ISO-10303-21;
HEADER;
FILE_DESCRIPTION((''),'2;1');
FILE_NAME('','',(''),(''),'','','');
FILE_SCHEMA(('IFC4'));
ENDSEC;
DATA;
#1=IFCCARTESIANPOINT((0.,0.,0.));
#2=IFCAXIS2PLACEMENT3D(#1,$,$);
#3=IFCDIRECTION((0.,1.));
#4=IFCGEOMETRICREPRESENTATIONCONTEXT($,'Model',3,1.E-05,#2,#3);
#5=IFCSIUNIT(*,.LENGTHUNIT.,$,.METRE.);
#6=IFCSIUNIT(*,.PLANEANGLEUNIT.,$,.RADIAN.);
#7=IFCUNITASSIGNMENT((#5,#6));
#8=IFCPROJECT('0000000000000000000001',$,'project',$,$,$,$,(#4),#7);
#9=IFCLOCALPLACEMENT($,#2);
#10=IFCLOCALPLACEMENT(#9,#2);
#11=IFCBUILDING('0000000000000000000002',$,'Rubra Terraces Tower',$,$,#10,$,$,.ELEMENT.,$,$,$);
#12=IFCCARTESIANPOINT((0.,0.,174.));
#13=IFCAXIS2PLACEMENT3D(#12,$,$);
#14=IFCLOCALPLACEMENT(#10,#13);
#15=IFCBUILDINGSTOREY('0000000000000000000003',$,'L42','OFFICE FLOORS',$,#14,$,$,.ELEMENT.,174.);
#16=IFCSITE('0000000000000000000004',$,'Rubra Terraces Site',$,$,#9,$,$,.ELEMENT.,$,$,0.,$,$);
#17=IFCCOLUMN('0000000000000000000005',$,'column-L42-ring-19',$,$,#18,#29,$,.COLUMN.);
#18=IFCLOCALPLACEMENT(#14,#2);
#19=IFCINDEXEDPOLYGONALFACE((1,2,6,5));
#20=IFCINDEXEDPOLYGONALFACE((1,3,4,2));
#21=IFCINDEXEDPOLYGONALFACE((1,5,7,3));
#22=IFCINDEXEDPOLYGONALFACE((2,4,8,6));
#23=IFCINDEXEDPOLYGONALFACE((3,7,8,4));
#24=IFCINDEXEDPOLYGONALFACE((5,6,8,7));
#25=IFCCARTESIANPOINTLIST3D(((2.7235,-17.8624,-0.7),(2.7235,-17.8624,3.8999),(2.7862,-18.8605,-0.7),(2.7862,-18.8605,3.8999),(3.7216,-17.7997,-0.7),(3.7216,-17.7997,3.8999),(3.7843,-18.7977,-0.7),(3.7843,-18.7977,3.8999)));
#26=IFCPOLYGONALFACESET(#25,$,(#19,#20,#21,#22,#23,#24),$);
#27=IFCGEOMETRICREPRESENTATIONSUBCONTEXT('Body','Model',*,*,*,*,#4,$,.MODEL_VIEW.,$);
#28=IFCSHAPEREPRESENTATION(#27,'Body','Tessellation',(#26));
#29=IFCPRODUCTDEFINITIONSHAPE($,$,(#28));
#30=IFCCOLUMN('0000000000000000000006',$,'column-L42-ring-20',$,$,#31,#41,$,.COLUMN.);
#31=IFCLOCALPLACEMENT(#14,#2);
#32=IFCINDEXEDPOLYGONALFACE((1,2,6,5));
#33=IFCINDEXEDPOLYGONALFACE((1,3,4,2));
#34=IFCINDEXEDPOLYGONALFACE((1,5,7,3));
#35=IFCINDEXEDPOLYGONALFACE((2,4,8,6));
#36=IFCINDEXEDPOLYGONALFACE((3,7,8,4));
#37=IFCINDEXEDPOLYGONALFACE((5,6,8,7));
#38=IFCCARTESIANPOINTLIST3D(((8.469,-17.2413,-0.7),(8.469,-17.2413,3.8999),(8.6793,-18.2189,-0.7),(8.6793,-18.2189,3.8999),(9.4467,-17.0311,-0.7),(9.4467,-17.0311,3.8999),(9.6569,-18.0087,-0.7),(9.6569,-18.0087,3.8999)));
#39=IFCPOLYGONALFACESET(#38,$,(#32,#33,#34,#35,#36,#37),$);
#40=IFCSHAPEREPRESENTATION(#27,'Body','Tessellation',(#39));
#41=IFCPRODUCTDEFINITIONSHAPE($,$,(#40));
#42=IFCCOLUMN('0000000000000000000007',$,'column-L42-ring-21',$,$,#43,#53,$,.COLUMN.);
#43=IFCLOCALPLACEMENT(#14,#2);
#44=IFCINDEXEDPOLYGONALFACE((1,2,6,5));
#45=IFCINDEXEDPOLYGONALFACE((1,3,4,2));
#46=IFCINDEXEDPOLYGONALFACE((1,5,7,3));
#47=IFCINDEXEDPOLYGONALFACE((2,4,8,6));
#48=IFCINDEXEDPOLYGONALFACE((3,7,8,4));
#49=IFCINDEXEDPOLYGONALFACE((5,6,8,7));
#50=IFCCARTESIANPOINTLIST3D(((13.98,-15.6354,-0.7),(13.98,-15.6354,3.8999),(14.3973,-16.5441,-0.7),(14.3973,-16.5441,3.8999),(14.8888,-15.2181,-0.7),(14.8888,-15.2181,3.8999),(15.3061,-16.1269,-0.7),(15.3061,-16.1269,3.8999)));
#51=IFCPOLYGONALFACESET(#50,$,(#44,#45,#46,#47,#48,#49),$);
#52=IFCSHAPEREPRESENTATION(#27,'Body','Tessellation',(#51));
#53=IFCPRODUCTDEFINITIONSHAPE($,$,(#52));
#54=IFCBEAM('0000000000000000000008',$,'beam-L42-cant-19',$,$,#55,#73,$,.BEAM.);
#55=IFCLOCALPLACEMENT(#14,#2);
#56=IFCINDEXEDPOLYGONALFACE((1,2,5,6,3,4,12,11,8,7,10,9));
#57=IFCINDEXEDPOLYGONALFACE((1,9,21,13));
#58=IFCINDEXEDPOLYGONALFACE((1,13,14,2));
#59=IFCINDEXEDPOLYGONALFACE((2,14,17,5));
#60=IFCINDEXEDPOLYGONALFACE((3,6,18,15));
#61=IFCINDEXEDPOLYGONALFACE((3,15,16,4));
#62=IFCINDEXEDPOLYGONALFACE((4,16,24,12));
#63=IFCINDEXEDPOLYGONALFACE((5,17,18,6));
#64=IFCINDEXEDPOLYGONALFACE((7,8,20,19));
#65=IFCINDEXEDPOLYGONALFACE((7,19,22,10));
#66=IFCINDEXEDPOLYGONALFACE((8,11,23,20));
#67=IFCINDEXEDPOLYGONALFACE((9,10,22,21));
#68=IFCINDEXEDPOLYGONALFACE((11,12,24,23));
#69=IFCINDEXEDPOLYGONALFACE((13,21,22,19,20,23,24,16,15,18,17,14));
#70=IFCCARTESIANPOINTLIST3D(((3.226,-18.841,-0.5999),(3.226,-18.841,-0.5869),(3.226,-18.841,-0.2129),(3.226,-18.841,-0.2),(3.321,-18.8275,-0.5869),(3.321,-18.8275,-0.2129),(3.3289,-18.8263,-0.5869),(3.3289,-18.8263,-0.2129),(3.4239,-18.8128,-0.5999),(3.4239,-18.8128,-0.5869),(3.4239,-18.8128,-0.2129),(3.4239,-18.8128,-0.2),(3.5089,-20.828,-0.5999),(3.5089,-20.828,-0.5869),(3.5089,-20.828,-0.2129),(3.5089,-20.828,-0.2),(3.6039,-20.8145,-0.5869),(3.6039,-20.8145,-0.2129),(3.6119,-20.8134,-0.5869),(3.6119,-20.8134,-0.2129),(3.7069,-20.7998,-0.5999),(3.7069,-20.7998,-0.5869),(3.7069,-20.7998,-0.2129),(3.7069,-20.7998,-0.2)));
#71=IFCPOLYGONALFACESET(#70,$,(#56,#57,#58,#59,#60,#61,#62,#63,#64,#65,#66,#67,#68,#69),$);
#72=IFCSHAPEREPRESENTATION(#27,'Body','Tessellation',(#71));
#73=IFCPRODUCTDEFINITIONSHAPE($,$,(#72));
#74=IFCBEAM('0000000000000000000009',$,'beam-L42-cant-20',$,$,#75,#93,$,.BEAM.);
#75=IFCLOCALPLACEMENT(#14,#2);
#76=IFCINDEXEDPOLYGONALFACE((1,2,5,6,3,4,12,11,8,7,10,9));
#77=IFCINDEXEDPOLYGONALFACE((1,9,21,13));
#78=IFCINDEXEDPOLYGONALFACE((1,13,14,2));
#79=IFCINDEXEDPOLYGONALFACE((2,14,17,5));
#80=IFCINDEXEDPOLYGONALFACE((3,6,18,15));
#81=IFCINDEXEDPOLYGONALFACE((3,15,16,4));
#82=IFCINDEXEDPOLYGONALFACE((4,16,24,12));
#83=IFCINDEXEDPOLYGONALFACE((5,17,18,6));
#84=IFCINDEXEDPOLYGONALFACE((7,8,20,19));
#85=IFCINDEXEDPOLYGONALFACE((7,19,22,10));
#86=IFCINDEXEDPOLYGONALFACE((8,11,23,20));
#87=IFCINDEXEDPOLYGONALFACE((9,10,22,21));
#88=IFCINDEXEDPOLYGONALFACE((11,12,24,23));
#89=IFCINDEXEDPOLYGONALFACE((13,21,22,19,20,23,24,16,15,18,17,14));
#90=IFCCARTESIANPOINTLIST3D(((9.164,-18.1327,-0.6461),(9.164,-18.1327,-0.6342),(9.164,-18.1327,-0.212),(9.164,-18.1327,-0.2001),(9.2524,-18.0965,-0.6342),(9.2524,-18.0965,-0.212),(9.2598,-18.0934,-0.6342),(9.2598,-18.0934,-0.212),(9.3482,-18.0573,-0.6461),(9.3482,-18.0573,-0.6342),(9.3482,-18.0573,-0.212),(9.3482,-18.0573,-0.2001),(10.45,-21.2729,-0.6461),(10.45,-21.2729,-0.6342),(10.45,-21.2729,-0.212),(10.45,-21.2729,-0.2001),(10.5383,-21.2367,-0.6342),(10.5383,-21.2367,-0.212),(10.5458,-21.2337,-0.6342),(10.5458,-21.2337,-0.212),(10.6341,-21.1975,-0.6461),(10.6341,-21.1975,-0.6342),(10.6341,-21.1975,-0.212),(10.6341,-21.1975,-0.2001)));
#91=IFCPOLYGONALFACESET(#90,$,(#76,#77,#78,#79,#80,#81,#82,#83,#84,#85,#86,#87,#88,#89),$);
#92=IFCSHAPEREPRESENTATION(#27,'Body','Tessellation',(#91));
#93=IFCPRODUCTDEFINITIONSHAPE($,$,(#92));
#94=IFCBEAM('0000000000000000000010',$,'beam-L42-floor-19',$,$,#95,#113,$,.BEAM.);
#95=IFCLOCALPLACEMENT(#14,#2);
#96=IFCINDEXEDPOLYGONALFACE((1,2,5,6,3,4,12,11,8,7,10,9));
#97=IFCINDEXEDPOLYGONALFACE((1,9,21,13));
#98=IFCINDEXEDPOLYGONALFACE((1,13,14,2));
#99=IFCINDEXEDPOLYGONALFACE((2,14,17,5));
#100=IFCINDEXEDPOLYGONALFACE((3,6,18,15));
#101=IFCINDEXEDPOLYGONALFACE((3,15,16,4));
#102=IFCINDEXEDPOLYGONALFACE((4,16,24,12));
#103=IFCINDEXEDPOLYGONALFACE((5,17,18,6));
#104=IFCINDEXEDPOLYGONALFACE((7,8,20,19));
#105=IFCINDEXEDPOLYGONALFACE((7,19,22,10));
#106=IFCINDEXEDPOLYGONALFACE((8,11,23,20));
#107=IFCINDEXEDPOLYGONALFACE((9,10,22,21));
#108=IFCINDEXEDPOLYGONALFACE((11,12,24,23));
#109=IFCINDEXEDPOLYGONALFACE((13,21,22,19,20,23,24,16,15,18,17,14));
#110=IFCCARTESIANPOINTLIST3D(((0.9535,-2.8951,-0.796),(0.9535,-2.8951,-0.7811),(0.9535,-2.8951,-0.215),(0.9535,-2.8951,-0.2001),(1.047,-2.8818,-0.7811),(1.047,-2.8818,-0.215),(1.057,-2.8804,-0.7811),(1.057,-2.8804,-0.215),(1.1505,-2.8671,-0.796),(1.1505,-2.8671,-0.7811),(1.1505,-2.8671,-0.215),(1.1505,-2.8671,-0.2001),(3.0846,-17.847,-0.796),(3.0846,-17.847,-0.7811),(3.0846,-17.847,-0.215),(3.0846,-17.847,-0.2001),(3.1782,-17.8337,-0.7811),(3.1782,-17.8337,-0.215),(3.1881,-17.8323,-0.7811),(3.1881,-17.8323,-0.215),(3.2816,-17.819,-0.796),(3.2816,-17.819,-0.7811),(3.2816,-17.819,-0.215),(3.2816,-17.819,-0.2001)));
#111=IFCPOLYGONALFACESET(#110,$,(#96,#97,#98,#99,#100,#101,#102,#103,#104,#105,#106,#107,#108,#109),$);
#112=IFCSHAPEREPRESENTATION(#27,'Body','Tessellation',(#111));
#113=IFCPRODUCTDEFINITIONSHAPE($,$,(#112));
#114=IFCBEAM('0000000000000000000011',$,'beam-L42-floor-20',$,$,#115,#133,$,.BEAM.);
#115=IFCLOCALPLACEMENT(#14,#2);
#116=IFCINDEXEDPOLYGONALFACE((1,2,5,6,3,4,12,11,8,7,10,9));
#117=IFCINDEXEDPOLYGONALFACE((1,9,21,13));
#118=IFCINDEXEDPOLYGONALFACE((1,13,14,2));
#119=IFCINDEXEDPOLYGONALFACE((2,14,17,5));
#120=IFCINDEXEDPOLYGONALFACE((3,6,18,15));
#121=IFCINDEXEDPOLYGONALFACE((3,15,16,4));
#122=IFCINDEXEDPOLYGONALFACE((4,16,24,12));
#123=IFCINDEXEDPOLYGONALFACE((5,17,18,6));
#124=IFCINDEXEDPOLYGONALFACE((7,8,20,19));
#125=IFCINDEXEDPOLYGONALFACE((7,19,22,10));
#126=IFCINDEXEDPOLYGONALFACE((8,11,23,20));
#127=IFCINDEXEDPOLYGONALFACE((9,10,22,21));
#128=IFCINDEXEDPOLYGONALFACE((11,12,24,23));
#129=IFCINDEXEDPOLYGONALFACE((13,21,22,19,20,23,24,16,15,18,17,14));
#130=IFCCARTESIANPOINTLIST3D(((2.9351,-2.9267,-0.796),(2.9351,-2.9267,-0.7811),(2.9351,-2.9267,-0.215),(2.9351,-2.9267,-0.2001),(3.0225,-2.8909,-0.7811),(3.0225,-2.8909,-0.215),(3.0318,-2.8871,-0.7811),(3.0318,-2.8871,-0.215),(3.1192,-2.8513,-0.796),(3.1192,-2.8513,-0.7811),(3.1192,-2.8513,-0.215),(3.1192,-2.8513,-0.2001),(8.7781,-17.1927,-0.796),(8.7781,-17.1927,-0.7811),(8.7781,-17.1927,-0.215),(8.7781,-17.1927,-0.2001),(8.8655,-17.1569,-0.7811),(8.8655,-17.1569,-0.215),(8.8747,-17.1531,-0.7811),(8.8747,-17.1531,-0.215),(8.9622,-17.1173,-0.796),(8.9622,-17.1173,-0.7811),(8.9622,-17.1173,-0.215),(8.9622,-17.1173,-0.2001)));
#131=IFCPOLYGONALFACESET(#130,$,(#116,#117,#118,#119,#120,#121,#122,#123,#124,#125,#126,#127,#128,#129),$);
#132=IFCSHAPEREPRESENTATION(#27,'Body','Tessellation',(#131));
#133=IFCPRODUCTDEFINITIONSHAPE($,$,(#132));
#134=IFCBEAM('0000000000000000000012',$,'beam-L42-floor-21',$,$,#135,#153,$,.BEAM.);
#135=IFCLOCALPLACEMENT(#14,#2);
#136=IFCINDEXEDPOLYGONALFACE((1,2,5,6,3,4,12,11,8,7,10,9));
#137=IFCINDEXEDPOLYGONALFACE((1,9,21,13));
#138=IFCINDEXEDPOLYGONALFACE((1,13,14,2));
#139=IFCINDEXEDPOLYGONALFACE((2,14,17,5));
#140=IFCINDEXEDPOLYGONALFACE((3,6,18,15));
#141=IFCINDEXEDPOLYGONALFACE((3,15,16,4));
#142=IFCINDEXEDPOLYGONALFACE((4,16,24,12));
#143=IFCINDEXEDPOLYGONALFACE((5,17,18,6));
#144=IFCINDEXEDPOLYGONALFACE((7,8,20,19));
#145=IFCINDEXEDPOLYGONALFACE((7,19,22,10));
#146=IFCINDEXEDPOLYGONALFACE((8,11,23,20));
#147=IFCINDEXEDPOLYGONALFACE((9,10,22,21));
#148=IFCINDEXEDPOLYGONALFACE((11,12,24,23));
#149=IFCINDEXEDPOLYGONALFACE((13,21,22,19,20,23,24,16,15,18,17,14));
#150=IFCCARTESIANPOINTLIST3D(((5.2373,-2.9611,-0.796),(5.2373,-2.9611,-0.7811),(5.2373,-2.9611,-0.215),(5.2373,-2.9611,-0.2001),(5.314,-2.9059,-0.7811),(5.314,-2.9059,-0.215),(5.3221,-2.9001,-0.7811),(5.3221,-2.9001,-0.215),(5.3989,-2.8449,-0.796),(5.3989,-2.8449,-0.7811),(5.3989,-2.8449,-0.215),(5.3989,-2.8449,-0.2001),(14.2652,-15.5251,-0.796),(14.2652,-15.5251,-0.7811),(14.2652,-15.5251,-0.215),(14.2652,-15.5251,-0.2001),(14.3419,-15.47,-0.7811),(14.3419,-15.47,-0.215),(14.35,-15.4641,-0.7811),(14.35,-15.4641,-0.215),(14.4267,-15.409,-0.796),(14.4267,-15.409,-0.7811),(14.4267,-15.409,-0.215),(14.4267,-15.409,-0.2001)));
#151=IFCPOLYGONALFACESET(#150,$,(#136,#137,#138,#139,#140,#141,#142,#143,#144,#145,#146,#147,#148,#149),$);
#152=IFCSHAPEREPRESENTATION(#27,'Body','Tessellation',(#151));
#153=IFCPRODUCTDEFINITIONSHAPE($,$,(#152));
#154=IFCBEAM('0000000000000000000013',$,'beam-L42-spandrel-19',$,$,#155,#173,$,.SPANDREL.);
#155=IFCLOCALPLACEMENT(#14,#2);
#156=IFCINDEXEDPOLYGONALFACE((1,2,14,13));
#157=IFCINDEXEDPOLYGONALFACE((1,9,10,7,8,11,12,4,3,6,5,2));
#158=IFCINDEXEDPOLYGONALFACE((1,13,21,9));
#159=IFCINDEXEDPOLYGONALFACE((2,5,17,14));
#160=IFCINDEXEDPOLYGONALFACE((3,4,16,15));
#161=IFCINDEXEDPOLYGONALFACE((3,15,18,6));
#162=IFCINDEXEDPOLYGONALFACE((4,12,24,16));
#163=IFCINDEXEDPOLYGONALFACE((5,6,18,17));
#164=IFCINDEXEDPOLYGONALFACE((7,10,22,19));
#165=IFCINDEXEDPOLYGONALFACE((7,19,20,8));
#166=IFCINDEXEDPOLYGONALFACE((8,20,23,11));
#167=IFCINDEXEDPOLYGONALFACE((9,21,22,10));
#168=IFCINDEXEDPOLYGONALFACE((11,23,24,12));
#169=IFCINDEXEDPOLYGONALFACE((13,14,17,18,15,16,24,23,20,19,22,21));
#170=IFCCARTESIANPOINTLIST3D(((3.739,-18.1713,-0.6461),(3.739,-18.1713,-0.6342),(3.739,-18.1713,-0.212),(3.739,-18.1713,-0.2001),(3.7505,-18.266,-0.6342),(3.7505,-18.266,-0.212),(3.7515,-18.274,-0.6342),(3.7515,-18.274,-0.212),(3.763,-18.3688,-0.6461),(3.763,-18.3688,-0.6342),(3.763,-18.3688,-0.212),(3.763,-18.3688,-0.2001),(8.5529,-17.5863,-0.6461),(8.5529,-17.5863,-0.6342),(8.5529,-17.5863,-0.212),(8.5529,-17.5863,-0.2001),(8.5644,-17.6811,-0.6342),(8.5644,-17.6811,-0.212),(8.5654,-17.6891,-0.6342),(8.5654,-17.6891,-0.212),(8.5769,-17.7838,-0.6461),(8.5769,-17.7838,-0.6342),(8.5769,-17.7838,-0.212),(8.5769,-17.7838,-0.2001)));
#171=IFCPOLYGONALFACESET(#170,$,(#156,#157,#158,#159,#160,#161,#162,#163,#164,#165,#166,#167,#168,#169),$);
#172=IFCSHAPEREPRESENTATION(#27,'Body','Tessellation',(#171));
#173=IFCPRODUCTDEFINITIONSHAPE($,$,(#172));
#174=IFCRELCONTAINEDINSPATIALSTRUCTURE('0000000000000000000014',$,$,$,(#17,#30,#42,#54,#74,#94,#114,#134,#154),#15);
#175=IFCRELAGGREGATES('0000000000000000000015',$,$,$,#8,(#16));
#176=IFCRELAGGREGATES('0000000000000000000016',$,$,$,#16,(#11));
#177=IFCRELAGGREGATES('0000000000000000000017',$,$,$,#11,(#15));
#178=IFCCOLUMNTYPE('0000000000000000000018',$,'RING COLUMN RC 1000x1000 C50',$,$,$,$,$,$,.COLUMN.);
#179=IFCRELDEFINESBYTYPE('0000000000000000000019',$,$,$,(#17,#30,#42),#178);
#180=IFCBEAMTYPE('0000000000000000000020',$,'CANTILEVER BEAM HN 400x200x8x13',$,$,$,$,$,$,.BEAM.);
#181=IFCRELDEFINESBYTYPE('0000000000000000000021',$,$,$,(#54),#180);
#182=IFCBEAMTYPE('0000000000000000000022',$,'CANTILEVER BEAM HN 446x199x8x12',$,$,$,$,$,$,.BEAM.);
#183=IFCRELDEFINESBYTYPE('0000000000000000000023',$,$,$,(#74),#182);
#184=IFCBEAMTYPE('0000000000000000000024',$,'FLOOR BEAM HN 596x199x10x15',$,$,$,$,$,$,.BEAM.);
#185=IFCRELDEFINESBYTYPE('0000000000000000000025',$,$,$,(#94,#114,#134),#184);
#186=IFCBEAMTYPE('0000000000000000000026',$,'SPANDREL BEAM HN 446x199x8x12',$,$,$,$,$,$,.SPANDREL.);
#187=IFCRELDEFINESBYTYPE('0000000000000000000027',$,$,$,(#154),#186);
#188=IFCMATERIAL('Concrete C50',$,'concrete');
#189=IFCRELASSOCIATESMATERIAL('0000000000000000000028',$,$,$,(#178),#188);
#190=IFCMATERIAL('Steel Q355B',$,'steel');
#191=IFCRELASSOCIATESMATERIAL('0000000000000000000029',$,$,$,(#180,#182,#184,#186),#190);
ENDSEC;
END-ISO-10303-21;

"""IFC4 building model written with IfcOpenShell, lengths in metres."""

from ifc_helpers import new_model, si_unit, direction, frame, origin, origin_2d, place, context, subcontext, project, spatial, rectangle, i_section, extrude, material, material_profile, profile_set, type_object, element, save


model = new_model("IFC4")

# Units and contexts
model_context = context("Model", 3, precision=1e-05, world=origin(), true_north=direction((0.0, 1.0)))
body_context = subcontext(model_context, "Body", "Model", "MODEL_VIEW")
ifc_project = project(units=[si_unit("LENGTHUNIT", "METRE"), si_unit("PLANEANGLEUNIT", "RADIAN")], contexts=[model_context])

# Site, building, storey
site_placement = place(None, origin())
site = spatial("IfcSite", under=ifc_project, at=site_placement, Name="Rubra Terraces Site", CompositionType="ELEMENT", RefElevation=0.0)
building_placement = place(site_placement, origin())
building = spatial("IfcBuilding", under=site, at=building_placement, Name="Rubra Terraces Tower", CompositionType="ELEMENT")
storey_placement = place(building_placement, frame((0.0, 0.0, 174.0)))
storey = spatial("IfcBuildingStorey", under=building, at=storey_placement, Name="L42", Description="OFFICE FLOORS", CompositionType="ELEMENT", Elevation=174.0)

# Columns
ifc_material_1 = material(Name="Concrete C50", Category="concrete")
ifc_material_profile_1 = material_profile(ifc_material_1, rectangle(XDim=1.0, YDim=1.0, at=origin_2d()), Name="RC 1000x1000")
ifc_profile_set_1 = profile_set([ifc_material_profile_1], Name="Concrete C50")
column_type = type_object("IfcColumnType", Name="RING COLUMN RC 1000x1000 C50", PredefinedType="COLUMN", material=ifc_profile_set_1)
for number, where, z_axis, x_axis, name in (
    (1, (3.2539, -18.3301, -0.7), (0.0, 0.0, 1.0), (0.998032, 0.062714, 0.0), "column-L42-ring-19"),
    (2, (9.063, -17.625, -0.7), (0.0, 0.0, 1.0), (0.977653, 0.210227, 0.0), "column-L42-ring-20"),
    (3, (14.6431, -15.8811, -0.7), (0.0, 0.0, 1.0), (0.908779, 0.417279, 0.0), "column-L42-ring-21"),
):
    element("IfcColumn", number, at=place(storey_placement, frame(where, z_axis=z_axis, x_axis=x_axis)), inside=storey, type_object=column_type, Name=name, PredefinedType="COLUMN", context=body_context, shape_type="SweptSolid", body=[
        extrude(rectangle(XDim=1.0, YDim=1.0, at=origin_2d()), origin(), (0.0, 0.0, 1.0), 4.5999),
    ])

# Beams
ifc_material_2 = material(Name="Steel Q355B", Category="steel")
ifc_material_profile_2 = material_profile(ifc_material_2, i_section(OverallWidth=0.2, OverallDepth=0.3999, WebThickness=0.0081, FlangeThickness=0.0129, at=origin_2d()), Name="HN 400x200x8x13")
ifc_profile_set_2 = profile_set([ifc_material_profile_2], Name="Steel Q355B")
beam_type_1 = type_object("IfcBeamType", Name="CANTILEVER BEAM HN 400x200x8x13", PredefinedType="BEAM", material=ifc_profile_set_2)
beam_1_placement = place(storey_placement, frame((3.325, -18.8269, -0.3999), z_axis=(0.140979, -0.990013, 0.0), x_axis=(0.990013, 0.140979, 0.0)))
element("IfcBeam", 4, at=beam_1_placement, inside=storey, type_object=beam_type_1, Name="beam-L42-cant-19", PredefinedType="BEAM", context=body_context, shape_type="SweptSolid", body=[
    extrude(i_section(OverallWidth=0.2, OverallDepth=0.3999, WebThickness=0.0081, FlangeThickness=0.0129, at=origin_2d()), origin(), (0.0, 0.0, 1.0), 2.0071),
])
ifc_material_profile_3 = material_profile(ifc_material_2, i_section(OverallWidth=0.199, OverallDepth=0.446, WebThickness=0.0081, FlangeThickness=0.012, at=origin_2d()), Name="HN 446x199x8x12")
ifc_profile_set_3 = profile_set([ifc_material_profile_3], Name="Steel Q355B")
beam_type_2 = type_object("IfcBeamType", Name="CANTILEVER BEAM HN 446x199x8x12", PredefinedType="BEAM", material=ifc_profile_set_3)
beam_2_placement = place(storey_placement, frame((9.2561, -18.095, -0.4231), z_axis=(0.378958, -0.925414, 0.0), x_axis=(0.925414, 0.378958, 0.0)))
element("IfcBeam", 5, at=beam_2_placement, inside=storey, type_object=beam_type_2, Name="beam-L42-cant-20", PredefinedType="BEAM", context=body_context, shape_type="SweptSolid", body=[
    extrude(i_section(OverallWidth=0.199, OverallDepth=0.446, WebThickness=0.0081, FlangeThickness=0.012, at=origin_2d()), origin(), (0.0, 0.0, 1.0), 3.3933),
])
ifc_material_profile_4 = material_profile(ifc_material_2, i_section(OverallWidth=0.199, OverallDepth=0.5959, WebThickness=0.01, FlangeThickness=0.0149, at=origin_2d()), Name="HN 596x199x10x15")
ifc_profile_set_4 = profile_set([ifc_material_profile_4], Name="Steel Q355B")
beam_type_3 = type_object("IfcBeamType", Name="FLOOR BEAM HN 596x199x10x15", PredefinedType="BEAM", material=ifc_profile_set_4)
beam_3_placement = place(storey_placement, frame((3.1831, -17.833, -0.498), z_axis=(-0.141105, 0.989995, 0.0), x_axis=(-0.989995, -0.141105, 0.0)))
element("IfcBeam", 6, at=beam_3_placement, inside=storey, type_object=beam_type_3, Name="beam-L42-floor-19", PredefinedType="BEAM", context=body_context, shape_type="SweptSolid", body=[
    extrude(i_section(OverallWidth=0.199, OverallDepth=0.5959, WebThickness=0.01, FlangeThickness=0.0149, at=origin_2d()), origin(), (0.0, 0.0, 1.0), 15.103),
])
beam_4_placement = place(storey_placement, frame((8.8701, -17.155, -0.498), z_axis=(-0.379015, 0.92539, 0.0), x_axis=(-0.92539, -0.379015, 0.0)))
element("IfcBeam", 7, at=beam_4_placement, inside=storey, type_object=beam_type_3, Name="beam-L42-floor-20", PredefinedType="BEAM", context=body_context, shape_type="SweptSolid", body=[
    extrude(i_section(OverallWidth=0.199, OverallDepth=0.5959, WebThickness=0.01, FlangeThickness=0.0149, at=origin_2d()), origin(), (0.0, 0.0, 1.0), 15.4163),
])
beam_5_placement = place(storey_placement, frame((14.3459, -15.467, -0.498), z_axis=(-0.583529, 0.812092, 0.0), x_axis=(-0.812092, -0.583529, 0.0)))
element("IfcBeam", 8, at=beam_5_placement, inside=storey, type_object=beam_type_3, Name="beam-L42-floor-21", PredefinedType="BEAM", context=body_context, shape_type="SweptSolid", body=[
    extrude(i_section(OverallWidth=0.199, OverallDepth=0.5959, WebThickness=0.01, FlangeThickness=0.0149, at=origin_2d()), origin(), (0.0, 0.0, 1.0), 15.4712),
])
ifc_material_profile_5 = material_profile(ifc_material_2, i_section(OverallWidth=0.199, OverallDepth=0.446, WebThickness=0.0081, FlangeThickness=0.012, at=origin_2d()), Name="HN 446x199x8x12")
ifc_profile_set_5 = profile_set([ifc_material_profile_5], Name="Steel Q355B")
beam_type_4 = type_object("IfcBeamType", Name="SPANDREL BEAM HN 446x199x8x12", PredefinedType="SPANDREL", material=ifc_profile_set_5)
beam_6_placement = place(storey_placement, frame((3.751, -18.27, -0.4231), z_axis=(0.992698, 0.120626, 0.0), x_axis=(-0.120626, 0.992698, 0.0)))
element("IfcBeam", 9, at=beam_6_placement, inside=storey, type_object=beam_type_4, Name="beam-L42-spandrel-19", PredefinedType="SPANDREL", context=body_context, shape_type="SweptSolid", body=[
    extrude(i_section(OverallWidth=0.199, OverallDepth=0.446, WebThickness=0.0081, FlangeThickness=0.012, at=origin_2d()), origin(), (0.0, 0.0, 1.0), 4.8494),
])

save(model, "model.ifc")
